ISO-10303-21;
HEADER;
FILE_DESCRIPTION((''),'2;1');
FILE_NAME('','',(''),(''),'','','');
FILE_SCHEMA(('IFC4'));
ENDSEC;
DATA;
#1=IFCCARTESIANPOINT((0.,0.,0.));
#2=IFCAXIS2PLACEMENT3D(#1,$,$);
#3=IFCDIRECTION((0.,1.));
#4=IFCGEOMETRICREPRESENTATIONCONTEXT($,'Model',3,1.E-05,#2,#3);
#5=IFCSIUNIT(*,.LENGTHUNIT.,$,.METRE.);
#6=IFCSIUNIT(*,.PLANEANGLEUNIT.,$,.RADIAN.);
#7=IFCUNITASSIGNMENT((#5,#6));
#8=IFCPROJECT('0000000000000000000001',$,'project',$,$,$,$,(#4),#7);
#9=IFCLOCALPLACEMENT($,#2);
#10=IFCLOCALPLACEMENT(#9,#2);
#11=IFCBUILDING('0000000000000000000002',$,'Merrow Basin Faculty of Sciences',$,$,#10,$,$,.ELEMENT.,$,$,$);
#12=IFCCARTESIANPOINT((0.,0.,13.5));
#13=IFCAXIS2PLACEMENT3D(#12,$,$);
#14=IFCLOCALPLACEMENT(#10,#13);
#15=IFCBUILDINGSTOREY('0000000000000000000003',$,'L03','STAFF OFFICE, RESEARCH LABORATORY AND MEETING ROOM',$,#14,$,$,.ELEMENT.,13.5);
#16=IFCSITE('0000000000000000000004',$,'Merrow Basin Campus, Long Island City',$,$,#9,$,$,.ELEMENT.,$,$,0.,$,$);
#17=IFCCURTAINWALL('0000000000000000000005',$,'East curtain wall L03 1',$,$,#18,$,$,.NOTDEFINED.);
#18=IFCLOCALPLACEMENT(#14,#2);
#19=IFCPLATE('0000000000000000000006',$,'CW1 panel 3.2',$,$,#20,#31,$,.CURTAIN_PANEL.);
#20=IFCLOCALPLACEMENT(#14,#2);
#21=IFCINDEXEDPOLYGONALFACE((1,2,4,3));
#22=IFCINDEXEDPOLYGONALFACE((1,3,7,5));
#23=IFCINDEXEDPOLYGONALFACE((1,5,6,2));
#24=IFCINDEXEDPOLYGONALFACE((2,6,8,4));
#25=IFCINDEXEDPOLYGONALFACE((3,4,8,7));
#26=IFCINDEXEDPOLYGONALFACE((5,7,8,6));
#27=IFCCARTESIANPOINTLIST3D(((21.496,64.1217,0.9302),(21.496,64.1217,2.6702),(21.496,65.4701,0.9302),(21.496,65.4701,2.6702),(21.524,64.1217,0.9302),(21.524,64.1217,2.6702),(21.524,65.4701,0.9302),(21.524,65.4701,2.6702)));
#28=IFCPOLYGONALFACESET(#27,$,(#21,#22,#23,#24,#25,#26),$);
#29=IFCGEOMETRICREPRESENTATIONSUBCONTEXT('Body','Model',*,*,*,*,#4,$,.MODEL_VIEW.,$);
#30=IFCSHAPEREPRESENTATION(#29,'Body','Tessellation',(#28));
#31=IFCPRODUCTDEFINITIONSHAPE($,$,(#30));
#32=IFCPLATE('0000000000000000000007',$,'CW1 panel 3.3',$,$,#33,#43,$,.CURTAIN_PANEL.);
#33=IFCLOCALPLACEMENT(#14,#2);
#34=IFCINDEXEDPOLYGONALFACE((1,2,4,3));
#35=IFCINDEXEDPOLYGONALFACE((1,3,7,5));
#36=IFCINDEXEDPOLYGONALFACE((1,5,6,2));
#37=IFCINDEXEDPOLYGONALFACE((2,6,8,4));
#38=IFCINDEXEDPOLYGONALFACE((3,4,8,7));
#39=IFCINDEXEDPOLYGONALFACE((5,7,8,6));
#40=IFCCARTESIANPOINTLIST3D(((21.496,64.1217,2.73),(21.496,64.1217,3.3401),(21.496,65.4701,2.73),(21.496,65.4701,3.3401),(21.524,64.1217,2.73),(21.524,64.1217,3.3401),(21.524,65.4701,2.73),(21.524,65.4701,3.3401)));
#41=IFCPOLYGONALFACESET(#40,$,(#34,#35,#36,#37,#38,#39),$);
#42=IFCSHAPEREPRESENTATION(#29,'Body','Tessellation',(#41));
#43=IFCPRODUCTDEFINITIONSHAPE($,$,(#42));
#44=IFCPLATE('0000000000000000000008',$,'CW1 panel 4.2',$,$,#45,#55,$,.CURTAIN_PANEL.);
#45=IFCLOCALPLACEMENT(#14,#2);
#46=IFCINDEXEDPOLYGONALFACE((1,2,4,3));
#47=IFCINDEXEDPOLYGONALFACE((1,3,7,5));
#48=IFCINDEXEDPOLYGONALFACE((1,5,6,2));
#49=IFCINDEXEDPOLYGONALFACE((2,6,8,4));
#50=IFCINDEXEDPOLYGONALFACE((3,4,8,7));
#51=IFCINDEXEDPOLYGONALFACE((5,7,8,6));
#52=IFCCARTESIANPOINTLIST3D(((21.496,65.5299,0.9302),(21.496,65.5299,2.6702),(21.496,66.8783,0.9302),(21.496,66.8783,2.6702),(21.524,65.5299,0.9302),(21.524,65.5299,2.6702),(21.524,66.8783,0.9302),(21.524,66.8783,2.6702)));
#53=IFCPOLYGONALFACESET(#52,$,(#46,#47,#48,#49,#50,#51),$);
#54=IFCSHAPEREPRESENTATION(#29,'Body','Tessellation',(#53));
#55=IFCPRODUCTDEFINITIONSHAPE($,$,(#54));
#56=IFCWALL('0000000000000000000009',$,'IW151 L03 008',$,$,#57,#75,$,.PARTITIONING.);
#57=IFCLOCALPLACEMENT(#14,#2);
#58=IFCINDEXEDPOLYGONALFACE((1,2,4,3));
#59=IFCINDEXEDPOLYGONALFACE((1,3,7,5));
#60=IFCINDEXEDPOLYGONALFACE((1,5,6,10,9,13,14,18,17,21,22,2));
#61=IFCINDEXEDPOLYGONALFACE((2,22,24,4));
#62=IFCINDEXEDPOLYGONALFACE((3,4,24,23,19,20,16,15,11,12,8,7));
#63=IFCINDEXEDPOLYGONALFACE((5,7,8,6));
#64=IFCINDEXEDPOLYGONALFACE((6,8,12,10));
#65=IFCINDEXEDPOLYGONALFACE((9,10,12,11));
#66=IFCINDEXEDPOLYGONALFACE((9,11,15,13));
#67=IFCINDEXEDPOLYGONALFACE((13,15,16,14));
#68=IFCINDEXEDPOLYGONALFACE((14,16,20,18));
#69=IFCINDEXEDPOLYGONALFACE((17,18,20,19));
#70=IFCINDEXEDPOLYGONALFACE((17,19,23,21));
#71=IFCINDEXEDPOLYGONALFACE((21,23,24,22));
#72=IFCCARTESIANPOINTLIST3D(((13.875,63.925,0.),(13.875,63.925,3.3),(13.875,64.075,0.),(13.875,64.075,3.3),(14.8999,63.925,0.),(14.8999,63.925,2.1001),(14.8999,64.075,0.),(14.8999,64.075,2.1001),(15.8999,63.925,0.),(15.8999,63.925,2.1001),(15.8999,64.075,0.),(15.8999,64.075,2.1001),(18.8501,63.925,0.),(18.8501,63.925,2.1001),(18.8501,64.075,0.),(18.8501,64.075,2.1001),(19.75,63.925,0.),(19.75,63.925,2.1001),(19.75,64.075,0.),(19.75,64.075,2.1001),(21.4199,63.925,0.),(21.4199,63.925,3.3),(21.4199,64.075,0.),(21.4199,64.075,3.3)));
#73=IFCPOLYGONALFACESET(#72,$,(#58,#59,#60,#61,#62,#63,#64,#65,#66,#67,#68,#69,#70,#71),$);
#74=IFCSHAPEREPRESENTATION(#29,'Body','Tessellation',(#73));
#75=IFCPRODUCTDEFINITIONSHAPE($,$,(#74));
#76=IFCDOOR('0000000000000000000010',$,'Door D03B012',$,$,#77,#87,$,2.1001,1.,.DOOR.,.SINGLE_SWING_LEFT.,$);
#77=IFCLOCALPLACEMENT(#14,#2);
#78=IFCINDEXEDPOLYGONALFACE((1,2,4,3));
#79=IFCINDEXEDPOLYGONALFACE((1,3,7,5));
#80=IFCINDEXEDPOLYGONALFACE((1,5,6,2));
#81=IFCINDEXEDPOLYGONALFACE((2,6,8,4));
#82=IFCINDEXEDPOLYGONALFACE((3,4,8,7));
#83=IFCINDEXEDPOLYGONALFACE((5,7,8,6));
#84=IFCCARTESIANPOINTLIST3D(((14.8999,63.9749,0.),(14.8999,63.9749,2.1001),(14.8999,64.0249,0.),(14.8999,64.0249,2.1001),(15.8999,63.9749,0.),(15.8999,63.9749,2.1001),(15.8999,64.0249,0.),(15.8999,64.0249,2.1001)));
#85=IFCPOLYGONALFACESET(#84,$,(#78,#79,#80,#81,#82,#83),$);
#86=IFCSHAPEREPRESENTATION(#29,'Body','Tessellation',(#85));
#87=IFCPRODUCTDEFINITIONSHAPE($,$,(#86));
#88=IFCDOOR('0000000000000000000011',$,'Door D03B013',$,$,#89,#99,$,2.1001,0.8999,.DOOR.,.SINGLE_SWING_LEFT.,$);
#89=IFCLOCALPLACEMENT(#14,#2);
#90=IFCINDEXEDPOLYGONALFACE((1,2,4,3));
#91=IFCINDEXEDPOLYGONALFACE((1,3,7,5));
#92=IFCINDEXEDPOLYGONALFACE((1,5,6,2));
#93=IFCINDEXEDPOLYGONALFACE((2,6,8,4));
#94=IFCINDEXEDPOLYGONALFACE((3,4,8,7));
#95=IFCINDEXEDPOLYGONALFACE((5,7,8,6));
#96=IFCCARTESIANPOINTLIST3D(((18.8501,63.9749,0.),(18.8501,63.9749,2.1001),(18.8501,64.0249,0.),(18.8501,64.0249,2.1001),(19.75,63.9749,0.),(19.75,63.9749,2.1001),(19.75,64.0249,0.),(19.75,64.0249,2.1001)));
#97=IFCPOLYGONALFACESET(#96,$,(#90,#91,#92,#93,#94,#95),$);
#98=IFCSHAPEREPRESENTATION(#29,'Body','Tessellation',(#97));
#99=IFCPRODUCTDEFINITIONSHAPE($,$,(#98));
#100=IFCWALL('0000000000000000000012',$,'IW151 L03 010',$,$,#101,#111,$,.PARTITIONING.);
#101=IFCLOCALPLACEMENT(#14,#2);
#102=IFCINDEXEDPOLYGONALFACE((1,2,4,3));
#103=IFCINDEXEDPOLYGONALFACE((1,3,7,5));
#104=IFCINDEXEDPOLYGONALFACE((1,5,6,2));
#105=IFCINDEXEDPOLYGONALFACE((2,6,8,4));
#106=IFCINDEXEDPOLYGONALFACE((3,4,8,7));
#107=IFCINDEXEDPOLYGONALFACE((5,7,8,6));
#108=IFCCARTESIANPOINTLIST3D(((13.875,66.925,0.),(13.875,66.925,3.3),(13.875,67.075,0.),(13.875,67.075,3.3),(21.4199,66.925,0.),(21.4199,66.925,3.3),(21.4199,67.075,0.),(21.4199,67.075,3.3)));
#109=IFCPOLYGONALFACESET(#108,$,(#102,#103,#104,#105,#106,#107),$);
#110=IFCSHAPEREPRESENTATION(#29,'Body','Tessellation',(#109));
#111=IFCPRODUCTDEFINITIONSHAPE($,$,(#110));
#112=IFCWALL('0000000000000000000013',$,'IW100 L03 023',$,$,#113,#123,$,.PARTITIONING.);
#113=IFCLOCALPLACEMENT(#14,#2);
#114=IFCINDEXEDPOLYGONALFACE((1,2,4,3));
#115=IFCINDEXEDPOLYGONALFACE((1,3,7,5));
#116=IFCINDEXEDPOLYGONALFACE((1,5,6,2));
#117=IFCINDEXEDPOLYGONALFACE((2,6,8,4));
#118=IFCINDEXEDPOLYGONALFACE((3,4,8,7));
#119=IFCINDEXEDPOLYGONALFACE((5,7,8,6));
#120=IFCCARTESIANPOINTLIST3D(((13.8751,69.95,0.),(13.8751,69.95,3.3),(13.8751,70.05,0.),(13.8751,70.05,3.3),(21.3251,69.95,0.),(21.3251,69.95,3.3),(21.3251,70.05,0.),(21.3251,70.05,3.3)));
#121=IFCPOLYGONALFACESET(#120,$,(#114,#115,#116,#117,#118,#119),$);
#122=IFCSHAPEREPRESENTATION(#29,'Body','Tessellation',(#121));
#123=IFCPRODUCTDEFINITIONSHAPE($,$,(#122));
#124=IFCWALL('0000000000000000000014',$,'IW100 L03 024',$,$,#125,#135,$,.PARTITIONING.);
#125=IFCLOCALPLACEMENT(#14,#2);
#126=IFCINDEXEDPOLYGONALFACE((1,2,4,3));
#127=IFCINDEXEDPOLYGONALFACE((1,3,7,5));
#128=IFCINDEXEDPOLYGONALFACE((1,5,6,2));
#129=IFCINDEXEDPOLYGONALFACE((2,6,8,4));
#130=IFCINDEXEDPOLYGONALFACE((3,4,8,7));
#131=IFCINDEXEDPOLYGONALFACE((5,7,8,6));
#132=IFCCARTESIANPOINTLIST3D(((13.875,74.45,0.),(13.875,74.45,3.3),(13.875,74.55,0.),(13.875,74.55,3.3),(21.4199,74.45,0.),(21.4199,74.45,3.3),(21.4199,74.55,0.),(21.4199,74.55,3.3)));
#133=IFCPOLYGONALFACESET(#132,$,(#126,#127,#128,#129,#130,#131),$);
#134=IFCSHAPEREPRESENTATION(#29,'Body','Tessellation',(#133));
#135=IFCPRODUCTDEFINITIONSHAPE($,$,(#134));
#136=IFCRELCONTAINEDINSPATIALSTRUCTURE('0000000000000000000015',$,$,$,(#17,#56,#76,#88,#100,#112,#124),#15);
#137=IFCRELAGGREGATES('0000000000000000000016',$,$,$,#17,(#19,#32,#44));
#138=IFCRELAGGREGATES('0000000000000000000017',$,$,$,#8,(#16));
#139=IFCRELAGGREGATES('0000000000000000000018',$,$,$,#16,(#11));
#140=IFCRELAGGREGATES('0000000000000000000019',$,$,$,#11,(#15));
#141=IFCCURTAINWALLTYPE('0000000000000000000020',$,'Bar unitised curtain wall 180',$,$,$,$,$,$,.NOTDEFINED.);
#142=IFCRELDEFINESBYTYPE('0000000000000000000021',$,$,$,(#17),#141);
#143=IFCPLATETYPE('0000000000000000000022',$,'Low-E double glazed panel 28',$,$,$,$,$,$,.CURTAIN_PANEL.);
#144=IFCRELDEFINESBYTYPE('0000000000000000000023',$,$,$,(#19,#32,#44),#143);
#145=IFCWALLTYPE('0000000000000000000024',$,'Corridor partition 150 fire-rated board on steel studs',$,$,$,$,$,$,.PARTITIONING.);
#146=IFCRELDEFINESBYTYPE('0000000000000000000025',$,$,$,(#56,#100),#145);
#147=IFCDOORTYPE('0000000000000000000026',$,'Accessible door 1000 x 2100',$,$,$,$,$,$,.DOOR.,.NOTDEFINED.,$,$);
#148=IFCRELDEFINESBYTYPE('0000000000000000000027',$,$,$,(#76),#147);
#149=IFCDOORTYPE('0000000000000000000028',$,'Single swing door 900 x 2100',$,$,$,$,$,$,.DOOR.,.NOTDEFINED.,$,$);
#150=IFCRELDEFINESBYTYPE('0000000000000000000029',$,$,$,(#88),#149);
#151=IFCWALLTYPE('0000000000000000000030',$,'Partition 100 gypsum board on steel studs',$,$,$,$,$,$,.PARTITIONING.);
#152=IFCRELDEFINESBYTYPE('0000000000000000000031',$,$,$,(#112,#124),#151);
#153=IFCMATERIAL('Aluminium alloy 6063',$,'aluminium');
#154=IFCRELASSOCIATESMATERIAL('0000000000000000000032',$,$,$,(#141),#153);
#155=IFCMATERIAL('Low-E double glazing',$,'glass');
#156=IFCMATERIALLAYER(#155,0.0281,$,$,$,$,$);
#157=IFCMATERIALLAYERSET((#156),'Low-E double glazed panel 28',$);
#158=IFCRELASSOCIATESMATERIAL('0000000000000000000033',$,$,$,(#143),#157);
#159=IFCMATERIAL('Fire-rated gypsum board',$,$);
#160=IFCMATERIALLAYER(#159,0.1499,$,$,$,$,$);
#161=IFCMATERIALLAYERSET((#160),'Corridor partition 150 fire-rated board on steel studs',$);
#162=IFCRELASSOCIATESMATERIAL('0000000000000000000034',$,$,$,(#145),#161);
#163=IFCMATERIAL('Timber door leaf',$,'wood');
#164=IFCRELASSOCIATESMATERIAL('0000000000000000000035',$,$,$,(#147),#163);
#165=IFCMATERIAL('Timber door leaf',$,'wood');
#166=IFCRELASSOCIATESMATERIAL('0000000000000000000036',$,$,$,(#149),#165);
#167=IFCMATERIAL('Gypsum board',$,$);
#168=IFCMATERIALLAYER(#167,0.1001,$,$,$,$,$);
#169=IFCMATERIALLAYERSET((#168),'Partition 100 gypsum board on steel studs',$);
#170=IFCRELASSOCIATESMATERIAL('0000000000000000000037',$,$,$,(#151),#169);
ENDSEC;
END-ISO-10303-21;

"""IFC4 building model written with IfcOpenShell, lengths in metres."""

from ifc_helpers import new_model, si_unit, direction, frame, frame_2d, origin, origin_2d, place, context, subcontext, project, spatial, rectangle, extrude, material, layer, layer_set, type_object, element, fill, aggregate, save


model = new_model("IFC4")

# Units and contexts
model_context = context("Model", 3, precision=1e-05, world=origin(), true_north=direction((0.0, 1.0)))
body_context = subcontext(model_context, "Body", "Model", "MODEL_VIEW")
ifc_project = project(units=[si_unit("LENGTHUNIT", "METRE"), si_unit("PLANEANGLEUNIT", "RADIAN")], contexts=[model_context])

# Site, building, storey
site_placement = place(None, origin())
site = spatial("IfcSite", under=ifc_project, at=site_placement, Name="Merrow Basin Campus, Long Island City", CompositionType="ELEMENT", RefElevation=0.0)
building_placement = place(site_placement, origin())
building = spatial("IfcBuilding", under=site, at=building_placement, Name="Merrow Basin Faculty of Sciences", CompositionType="ELEMENT")
storey_placement = place(building_placement, frame((0.0, 0.0, 13.5)))
storey = spatial("IfcBuildingStorey", under=building, at=storey_placement, Name="L03", Description="STAFF OFFICE, RESEARCH LABORATORY AND MEETING ROOM", CompositionType="ELEMENT", Elevation=13.5)

# Curtain wall
ifc_material_1 = material(Name="Aluminium alloy 6063", Category="aluminium")
curtain_wall_type = type_object("IfcCurtainWallType", Name="Bar unitised curtain wall 180", PredefinedType="NOTDEFINED", material=ifc_material_1)
curtain_wall_placement = place(storey_placement, origin())
curtain_wall = element("IfcCurtainWall", 1, at=curtain_wall_placement, inside=storey, type_object=curtain_wall_type, Name="East curtain wall L03 1", PredefinedType="NOTDEFINED")

# Plates
ifc_material_2 = material(Name="Low-E double glazing", Category="glass")
ifc_layer_1 = layer(ifc_material_2, 0.0281)
ifc_layer_set_1 = layer_set([ifc_layer_1], Name="Low-E double glazed panel 28")
plate_type_1 = type_object("IfcPlateType", Name="Low-E double glazed panel 28", PredefinedType="CURTAIN_PANEL", material=ifc_layer_set_1)
plate_1_placement = place(storey_placement, frame((21.51, 64.7959, 0.9302), z_axis=(0.0, 0.0, 1.0), x_axis=(0.0, 1.0, 0.0)))
plate_1 = element("IfcPlate", 2, at=plate_1_placement, type_object=plate_type_1, Name="CW1 panel 3.2", PredefinedType="CURTAIN_PANEL", context=body_context, shape_type="SweptSolid", body=[
    extrude(rectangle(XDim=1.3484, YDim=0.0281, at=origin_2d()), origin(), (0.0, 0.0, 1.0), 1.74),
])
plate_2_placement = place(storey_placement, frame((21.51, 64.7959, 2.73), z_axis=(0.0, 0.0, 1.0), x_axis=(0.0, 1.0, 0.0)))
plate_2 = element("IfcPlate", 3, at=plate_2_placement, type_object=plate_type_1, Name="CW1 panel 3.3", PredefinedType="CURTAIN_PANEL", context=body_context, shape_type="SweptSolid", body=[
    extrude(rectangle(XDim=1.3484, YDim=0.0281, at=origin_2d()), origin(), (0.0, 0.0, 1.0), 0.6101),
])
plate_3_placement = place(storey_placement, frame((21.51, 66.2041, 0.9302), z_axis=(0.0, 0.0, 1.0), x_axis=(0.0, 1.0, 0.0)))
plate_3 = element("IfcPlate", 4, at=plate_3_placement, type_object=plate_type_1, Name="CW1 panel 4.2", PredefinedType="CURTAIN_PANEL", context=body_context, shape_type="SweptSolid", body=[
    extrude(rectangle(XDim=1.3484, YDim=0.0281, at=origin_2d()), origin(), (0.0, 0.0, 1.0), 1.74),
])
aggregate(curtain_wall, [plate_1, plate_2, plate_3])

# Wall, openings, doors
ifc_material_3 = material(Name="Fire-rated gypsum board")
ifc_layer_2 = layer(ifc_material_3, 0.1499)
ifc_layer_set_2 = layer_set([ifc_layer_2], Name="Corridor partition 150 fire-rated board on steel studs")
wall_type_1 = type_object("IfcWallType", Name="Corridor partition 150 fire-rated board on steel studs", PredefinedType="PARTITIONING", material=ifc_layer_set_2)
wall_1_placement = place(storey_placement, frame((13.875, 64.0, 0.0), z_axis=(0.0, 0.0, 1.0), x_axis=(1.0, 0.0, 0.0)))
wall_1 = element("IfcWall", 5, at=wall_1_placement, inside=storey, type_object=wall_type_1, Name="IW151 L03 008", PredefinedType="PARTITIONING", context=body_context, shape_type="SweptSolid", body=[
    extrude(rectangle(XDim=7.5449, YDim=0.1499, at=frame_2d((3.7725, 0.0))), origin(), (0.0, 0.0, 1.0), 3.3),
])
opening_1_placement = place(wall_1_placement, frame((1.0249, 0.0, 0.0)))
opening_1 = element("IfcOpeningElement", 6, at=opening_1_placement, cuts=wall_1, PredefinedType="OPENING", context=body_context, shape_type="SweptSolid", body=[
    extrude(rectangle(XDim=1.0, YDim=2.1001, at=frame_2d((0.5, 1.05))), frame((0.0, 0.085, 0.0), z_axis=(0.0, -1.0, 0.0), x_axis=(1.0, 0.0, 0.0)), (0.0, 0.0, 1.0), 0.1699),
])
opening_2_placement = place(wall_1_placement, frame((4.9751, 0.0, 0.0)))
opening_2 = element("IfcOpeningElement", 7, at=opening_2_placement, cuts=wall_1, PredefinedType="OPENING", context=body_context, shape_type="SweptSolid", body=[
    extrude(rectangle(XDim=0.8999, YDim=2.1001, at=frame_2d((0.45, 1.05))), frame((0.0, 0.085, 0.0), z_axis=(0.0, -1.0, 0.0), x_axis=(1.0, 0.0, 0.0)), (0.0, 0.0, 1.0), 0.1699),
])
ifc_material_4 = material(Name="Timber door leaf", Category="wood")
door_type_1 = type_object("IfcDoorType", Name="Accessible door 1000 x 2100", OperationType="NOTDEFINED", PredefinedType="DOOR", material=ifc_material_4)
door_1_placement = place(opening_1_placement, origin())
door_1 = element("IfcDoor", 8, at=door_1_placement, inside=storey, type_object=door_type_1, Name="Door D03B012", OperationType="SINGLE_SWING_LEFT", OverallHeight=2.1001, OverallWidth=1.0, PredefinedType="DOOR", context=body_context, shape_type="SweptSolid", body=[
    extrude(rectangle(XDim=1.0, YDim=2.1001, at=frame_2d((0.5, 1.05))), frame((0.0, 0.0249, 0.0), z_axis=(0.0, -1.0, 0.0), x_axis=(1.0, 0.0, 0.0)), (0.0, 0.0, 1.0), 0.05),
])
fill(opening_1, door_1)
ifc_material_5 = material(Name="Timber door leaf", Category="wood")
door_type_2 = type_object("IfcDoorType", Name="Single swing door 900 x 2100", OperationType="NOTDEFINED", PredefinedType="DOOR", material=ifc_material_5)
door_2_placement = place(opening_2_placement, origin())
door_2 = element("IfcDoor", 9, at=door_2_placement, inside=storey, type_object=door_type_2, Name="Door D03B013", OperationType="SINGLE_SWING_LEFT", OverallHeight=2.1001, OverallWidth=0.8999, PredefinedType="DOOR", context=body_context, shape_type="SweptSolid", body=[
    extrude(rectangle(XDim=0.8999, YDim=2.1001, at=frame_2d((0.45, 1.05))), frame((0.0, 0.0249, 0.0), z_axis=(0.0, -1.0, 0.0), x_axis=(1.0, 0.0, 0.0)), (0.0, 0.0, 1.0), 0.05),
])
fill(opening_2, door_2)

# Walls
wall_2_placement = place(storey_placement, frame((13.875, 67.0, 0.0), z_axis=(0.0, 0.0, 1.0), x_axis=(1.0, 0.0, 0.0)))
element("IfcWall", 10, at=wall_2_placement, inside=storey, type_object=wall_type_1, Name="IW151 L03 010", PredefinedType="PARTITIONING", context=body_context, shape_type="SweptSolid", body=[
    extrude(rectangle(XDim=7.5449, YDim=0.1499, at=frame_2d((3.7725, 0.0))), origin(), (0.0, 0.0, 1.0), 3.3),
])
ifc_material_6 = material(Name="Gypsum board")
ifc_layer_3 = layer(ifc_material_6, 0.1001)
ifc_layer_set_3 = layer_set([ifc_layer_3], Name="Partition 100 gypsum board on steel studs")
wall_type_2 = type_object("IfcWallType", Name="Partition 100 gypsum board on steel studs", PredefinedType="PARTITIONING", material=ifc_layer_set_3)
wall_3_placement = place(storey_placement, frame((13.875, 70.0, 0.0), z_axis=(0.0, 0.0, 1.0), x_axis=(1.0, 0.0, 0.0)))
element("IfcWall", 11, at=wall_3_placement, inside=storey, type_object=wall_type_2, Name="IW100 L03 023", PredefinedType="PARTITIONING", context=body_context, shape_type="SweptSolid", body=[
    extrude(rectangle(XDim=7.45, YDim=0.1001, at=frame_2d((3.7251, 0.0))), origin(), (0.0, 0.0, 1.0), 3.3),
])
wall_4_placement = place(storey_placement, frame((13.875, 74.5, 0.0), z_axis=(0.0, 0.0, 1.0), x_axis=(1.0, 0.0, 0.0)))
element("IfcWall", 12, at=wall_4_placement, inside=storey, type_object=wall_type_2, Name="IW100 L03 024", PredefinedType="PARTITIONING", context=body_context, shape_type="SweptSolid", body=[
    extrude(rectangle(XDim=7.5449, YDim=0.1001, at=frame_2d((3.7725, 0.0))), origin(), (0.0, 0.0, 1.0), 3.3),
])

save(model, "model.ifc")
